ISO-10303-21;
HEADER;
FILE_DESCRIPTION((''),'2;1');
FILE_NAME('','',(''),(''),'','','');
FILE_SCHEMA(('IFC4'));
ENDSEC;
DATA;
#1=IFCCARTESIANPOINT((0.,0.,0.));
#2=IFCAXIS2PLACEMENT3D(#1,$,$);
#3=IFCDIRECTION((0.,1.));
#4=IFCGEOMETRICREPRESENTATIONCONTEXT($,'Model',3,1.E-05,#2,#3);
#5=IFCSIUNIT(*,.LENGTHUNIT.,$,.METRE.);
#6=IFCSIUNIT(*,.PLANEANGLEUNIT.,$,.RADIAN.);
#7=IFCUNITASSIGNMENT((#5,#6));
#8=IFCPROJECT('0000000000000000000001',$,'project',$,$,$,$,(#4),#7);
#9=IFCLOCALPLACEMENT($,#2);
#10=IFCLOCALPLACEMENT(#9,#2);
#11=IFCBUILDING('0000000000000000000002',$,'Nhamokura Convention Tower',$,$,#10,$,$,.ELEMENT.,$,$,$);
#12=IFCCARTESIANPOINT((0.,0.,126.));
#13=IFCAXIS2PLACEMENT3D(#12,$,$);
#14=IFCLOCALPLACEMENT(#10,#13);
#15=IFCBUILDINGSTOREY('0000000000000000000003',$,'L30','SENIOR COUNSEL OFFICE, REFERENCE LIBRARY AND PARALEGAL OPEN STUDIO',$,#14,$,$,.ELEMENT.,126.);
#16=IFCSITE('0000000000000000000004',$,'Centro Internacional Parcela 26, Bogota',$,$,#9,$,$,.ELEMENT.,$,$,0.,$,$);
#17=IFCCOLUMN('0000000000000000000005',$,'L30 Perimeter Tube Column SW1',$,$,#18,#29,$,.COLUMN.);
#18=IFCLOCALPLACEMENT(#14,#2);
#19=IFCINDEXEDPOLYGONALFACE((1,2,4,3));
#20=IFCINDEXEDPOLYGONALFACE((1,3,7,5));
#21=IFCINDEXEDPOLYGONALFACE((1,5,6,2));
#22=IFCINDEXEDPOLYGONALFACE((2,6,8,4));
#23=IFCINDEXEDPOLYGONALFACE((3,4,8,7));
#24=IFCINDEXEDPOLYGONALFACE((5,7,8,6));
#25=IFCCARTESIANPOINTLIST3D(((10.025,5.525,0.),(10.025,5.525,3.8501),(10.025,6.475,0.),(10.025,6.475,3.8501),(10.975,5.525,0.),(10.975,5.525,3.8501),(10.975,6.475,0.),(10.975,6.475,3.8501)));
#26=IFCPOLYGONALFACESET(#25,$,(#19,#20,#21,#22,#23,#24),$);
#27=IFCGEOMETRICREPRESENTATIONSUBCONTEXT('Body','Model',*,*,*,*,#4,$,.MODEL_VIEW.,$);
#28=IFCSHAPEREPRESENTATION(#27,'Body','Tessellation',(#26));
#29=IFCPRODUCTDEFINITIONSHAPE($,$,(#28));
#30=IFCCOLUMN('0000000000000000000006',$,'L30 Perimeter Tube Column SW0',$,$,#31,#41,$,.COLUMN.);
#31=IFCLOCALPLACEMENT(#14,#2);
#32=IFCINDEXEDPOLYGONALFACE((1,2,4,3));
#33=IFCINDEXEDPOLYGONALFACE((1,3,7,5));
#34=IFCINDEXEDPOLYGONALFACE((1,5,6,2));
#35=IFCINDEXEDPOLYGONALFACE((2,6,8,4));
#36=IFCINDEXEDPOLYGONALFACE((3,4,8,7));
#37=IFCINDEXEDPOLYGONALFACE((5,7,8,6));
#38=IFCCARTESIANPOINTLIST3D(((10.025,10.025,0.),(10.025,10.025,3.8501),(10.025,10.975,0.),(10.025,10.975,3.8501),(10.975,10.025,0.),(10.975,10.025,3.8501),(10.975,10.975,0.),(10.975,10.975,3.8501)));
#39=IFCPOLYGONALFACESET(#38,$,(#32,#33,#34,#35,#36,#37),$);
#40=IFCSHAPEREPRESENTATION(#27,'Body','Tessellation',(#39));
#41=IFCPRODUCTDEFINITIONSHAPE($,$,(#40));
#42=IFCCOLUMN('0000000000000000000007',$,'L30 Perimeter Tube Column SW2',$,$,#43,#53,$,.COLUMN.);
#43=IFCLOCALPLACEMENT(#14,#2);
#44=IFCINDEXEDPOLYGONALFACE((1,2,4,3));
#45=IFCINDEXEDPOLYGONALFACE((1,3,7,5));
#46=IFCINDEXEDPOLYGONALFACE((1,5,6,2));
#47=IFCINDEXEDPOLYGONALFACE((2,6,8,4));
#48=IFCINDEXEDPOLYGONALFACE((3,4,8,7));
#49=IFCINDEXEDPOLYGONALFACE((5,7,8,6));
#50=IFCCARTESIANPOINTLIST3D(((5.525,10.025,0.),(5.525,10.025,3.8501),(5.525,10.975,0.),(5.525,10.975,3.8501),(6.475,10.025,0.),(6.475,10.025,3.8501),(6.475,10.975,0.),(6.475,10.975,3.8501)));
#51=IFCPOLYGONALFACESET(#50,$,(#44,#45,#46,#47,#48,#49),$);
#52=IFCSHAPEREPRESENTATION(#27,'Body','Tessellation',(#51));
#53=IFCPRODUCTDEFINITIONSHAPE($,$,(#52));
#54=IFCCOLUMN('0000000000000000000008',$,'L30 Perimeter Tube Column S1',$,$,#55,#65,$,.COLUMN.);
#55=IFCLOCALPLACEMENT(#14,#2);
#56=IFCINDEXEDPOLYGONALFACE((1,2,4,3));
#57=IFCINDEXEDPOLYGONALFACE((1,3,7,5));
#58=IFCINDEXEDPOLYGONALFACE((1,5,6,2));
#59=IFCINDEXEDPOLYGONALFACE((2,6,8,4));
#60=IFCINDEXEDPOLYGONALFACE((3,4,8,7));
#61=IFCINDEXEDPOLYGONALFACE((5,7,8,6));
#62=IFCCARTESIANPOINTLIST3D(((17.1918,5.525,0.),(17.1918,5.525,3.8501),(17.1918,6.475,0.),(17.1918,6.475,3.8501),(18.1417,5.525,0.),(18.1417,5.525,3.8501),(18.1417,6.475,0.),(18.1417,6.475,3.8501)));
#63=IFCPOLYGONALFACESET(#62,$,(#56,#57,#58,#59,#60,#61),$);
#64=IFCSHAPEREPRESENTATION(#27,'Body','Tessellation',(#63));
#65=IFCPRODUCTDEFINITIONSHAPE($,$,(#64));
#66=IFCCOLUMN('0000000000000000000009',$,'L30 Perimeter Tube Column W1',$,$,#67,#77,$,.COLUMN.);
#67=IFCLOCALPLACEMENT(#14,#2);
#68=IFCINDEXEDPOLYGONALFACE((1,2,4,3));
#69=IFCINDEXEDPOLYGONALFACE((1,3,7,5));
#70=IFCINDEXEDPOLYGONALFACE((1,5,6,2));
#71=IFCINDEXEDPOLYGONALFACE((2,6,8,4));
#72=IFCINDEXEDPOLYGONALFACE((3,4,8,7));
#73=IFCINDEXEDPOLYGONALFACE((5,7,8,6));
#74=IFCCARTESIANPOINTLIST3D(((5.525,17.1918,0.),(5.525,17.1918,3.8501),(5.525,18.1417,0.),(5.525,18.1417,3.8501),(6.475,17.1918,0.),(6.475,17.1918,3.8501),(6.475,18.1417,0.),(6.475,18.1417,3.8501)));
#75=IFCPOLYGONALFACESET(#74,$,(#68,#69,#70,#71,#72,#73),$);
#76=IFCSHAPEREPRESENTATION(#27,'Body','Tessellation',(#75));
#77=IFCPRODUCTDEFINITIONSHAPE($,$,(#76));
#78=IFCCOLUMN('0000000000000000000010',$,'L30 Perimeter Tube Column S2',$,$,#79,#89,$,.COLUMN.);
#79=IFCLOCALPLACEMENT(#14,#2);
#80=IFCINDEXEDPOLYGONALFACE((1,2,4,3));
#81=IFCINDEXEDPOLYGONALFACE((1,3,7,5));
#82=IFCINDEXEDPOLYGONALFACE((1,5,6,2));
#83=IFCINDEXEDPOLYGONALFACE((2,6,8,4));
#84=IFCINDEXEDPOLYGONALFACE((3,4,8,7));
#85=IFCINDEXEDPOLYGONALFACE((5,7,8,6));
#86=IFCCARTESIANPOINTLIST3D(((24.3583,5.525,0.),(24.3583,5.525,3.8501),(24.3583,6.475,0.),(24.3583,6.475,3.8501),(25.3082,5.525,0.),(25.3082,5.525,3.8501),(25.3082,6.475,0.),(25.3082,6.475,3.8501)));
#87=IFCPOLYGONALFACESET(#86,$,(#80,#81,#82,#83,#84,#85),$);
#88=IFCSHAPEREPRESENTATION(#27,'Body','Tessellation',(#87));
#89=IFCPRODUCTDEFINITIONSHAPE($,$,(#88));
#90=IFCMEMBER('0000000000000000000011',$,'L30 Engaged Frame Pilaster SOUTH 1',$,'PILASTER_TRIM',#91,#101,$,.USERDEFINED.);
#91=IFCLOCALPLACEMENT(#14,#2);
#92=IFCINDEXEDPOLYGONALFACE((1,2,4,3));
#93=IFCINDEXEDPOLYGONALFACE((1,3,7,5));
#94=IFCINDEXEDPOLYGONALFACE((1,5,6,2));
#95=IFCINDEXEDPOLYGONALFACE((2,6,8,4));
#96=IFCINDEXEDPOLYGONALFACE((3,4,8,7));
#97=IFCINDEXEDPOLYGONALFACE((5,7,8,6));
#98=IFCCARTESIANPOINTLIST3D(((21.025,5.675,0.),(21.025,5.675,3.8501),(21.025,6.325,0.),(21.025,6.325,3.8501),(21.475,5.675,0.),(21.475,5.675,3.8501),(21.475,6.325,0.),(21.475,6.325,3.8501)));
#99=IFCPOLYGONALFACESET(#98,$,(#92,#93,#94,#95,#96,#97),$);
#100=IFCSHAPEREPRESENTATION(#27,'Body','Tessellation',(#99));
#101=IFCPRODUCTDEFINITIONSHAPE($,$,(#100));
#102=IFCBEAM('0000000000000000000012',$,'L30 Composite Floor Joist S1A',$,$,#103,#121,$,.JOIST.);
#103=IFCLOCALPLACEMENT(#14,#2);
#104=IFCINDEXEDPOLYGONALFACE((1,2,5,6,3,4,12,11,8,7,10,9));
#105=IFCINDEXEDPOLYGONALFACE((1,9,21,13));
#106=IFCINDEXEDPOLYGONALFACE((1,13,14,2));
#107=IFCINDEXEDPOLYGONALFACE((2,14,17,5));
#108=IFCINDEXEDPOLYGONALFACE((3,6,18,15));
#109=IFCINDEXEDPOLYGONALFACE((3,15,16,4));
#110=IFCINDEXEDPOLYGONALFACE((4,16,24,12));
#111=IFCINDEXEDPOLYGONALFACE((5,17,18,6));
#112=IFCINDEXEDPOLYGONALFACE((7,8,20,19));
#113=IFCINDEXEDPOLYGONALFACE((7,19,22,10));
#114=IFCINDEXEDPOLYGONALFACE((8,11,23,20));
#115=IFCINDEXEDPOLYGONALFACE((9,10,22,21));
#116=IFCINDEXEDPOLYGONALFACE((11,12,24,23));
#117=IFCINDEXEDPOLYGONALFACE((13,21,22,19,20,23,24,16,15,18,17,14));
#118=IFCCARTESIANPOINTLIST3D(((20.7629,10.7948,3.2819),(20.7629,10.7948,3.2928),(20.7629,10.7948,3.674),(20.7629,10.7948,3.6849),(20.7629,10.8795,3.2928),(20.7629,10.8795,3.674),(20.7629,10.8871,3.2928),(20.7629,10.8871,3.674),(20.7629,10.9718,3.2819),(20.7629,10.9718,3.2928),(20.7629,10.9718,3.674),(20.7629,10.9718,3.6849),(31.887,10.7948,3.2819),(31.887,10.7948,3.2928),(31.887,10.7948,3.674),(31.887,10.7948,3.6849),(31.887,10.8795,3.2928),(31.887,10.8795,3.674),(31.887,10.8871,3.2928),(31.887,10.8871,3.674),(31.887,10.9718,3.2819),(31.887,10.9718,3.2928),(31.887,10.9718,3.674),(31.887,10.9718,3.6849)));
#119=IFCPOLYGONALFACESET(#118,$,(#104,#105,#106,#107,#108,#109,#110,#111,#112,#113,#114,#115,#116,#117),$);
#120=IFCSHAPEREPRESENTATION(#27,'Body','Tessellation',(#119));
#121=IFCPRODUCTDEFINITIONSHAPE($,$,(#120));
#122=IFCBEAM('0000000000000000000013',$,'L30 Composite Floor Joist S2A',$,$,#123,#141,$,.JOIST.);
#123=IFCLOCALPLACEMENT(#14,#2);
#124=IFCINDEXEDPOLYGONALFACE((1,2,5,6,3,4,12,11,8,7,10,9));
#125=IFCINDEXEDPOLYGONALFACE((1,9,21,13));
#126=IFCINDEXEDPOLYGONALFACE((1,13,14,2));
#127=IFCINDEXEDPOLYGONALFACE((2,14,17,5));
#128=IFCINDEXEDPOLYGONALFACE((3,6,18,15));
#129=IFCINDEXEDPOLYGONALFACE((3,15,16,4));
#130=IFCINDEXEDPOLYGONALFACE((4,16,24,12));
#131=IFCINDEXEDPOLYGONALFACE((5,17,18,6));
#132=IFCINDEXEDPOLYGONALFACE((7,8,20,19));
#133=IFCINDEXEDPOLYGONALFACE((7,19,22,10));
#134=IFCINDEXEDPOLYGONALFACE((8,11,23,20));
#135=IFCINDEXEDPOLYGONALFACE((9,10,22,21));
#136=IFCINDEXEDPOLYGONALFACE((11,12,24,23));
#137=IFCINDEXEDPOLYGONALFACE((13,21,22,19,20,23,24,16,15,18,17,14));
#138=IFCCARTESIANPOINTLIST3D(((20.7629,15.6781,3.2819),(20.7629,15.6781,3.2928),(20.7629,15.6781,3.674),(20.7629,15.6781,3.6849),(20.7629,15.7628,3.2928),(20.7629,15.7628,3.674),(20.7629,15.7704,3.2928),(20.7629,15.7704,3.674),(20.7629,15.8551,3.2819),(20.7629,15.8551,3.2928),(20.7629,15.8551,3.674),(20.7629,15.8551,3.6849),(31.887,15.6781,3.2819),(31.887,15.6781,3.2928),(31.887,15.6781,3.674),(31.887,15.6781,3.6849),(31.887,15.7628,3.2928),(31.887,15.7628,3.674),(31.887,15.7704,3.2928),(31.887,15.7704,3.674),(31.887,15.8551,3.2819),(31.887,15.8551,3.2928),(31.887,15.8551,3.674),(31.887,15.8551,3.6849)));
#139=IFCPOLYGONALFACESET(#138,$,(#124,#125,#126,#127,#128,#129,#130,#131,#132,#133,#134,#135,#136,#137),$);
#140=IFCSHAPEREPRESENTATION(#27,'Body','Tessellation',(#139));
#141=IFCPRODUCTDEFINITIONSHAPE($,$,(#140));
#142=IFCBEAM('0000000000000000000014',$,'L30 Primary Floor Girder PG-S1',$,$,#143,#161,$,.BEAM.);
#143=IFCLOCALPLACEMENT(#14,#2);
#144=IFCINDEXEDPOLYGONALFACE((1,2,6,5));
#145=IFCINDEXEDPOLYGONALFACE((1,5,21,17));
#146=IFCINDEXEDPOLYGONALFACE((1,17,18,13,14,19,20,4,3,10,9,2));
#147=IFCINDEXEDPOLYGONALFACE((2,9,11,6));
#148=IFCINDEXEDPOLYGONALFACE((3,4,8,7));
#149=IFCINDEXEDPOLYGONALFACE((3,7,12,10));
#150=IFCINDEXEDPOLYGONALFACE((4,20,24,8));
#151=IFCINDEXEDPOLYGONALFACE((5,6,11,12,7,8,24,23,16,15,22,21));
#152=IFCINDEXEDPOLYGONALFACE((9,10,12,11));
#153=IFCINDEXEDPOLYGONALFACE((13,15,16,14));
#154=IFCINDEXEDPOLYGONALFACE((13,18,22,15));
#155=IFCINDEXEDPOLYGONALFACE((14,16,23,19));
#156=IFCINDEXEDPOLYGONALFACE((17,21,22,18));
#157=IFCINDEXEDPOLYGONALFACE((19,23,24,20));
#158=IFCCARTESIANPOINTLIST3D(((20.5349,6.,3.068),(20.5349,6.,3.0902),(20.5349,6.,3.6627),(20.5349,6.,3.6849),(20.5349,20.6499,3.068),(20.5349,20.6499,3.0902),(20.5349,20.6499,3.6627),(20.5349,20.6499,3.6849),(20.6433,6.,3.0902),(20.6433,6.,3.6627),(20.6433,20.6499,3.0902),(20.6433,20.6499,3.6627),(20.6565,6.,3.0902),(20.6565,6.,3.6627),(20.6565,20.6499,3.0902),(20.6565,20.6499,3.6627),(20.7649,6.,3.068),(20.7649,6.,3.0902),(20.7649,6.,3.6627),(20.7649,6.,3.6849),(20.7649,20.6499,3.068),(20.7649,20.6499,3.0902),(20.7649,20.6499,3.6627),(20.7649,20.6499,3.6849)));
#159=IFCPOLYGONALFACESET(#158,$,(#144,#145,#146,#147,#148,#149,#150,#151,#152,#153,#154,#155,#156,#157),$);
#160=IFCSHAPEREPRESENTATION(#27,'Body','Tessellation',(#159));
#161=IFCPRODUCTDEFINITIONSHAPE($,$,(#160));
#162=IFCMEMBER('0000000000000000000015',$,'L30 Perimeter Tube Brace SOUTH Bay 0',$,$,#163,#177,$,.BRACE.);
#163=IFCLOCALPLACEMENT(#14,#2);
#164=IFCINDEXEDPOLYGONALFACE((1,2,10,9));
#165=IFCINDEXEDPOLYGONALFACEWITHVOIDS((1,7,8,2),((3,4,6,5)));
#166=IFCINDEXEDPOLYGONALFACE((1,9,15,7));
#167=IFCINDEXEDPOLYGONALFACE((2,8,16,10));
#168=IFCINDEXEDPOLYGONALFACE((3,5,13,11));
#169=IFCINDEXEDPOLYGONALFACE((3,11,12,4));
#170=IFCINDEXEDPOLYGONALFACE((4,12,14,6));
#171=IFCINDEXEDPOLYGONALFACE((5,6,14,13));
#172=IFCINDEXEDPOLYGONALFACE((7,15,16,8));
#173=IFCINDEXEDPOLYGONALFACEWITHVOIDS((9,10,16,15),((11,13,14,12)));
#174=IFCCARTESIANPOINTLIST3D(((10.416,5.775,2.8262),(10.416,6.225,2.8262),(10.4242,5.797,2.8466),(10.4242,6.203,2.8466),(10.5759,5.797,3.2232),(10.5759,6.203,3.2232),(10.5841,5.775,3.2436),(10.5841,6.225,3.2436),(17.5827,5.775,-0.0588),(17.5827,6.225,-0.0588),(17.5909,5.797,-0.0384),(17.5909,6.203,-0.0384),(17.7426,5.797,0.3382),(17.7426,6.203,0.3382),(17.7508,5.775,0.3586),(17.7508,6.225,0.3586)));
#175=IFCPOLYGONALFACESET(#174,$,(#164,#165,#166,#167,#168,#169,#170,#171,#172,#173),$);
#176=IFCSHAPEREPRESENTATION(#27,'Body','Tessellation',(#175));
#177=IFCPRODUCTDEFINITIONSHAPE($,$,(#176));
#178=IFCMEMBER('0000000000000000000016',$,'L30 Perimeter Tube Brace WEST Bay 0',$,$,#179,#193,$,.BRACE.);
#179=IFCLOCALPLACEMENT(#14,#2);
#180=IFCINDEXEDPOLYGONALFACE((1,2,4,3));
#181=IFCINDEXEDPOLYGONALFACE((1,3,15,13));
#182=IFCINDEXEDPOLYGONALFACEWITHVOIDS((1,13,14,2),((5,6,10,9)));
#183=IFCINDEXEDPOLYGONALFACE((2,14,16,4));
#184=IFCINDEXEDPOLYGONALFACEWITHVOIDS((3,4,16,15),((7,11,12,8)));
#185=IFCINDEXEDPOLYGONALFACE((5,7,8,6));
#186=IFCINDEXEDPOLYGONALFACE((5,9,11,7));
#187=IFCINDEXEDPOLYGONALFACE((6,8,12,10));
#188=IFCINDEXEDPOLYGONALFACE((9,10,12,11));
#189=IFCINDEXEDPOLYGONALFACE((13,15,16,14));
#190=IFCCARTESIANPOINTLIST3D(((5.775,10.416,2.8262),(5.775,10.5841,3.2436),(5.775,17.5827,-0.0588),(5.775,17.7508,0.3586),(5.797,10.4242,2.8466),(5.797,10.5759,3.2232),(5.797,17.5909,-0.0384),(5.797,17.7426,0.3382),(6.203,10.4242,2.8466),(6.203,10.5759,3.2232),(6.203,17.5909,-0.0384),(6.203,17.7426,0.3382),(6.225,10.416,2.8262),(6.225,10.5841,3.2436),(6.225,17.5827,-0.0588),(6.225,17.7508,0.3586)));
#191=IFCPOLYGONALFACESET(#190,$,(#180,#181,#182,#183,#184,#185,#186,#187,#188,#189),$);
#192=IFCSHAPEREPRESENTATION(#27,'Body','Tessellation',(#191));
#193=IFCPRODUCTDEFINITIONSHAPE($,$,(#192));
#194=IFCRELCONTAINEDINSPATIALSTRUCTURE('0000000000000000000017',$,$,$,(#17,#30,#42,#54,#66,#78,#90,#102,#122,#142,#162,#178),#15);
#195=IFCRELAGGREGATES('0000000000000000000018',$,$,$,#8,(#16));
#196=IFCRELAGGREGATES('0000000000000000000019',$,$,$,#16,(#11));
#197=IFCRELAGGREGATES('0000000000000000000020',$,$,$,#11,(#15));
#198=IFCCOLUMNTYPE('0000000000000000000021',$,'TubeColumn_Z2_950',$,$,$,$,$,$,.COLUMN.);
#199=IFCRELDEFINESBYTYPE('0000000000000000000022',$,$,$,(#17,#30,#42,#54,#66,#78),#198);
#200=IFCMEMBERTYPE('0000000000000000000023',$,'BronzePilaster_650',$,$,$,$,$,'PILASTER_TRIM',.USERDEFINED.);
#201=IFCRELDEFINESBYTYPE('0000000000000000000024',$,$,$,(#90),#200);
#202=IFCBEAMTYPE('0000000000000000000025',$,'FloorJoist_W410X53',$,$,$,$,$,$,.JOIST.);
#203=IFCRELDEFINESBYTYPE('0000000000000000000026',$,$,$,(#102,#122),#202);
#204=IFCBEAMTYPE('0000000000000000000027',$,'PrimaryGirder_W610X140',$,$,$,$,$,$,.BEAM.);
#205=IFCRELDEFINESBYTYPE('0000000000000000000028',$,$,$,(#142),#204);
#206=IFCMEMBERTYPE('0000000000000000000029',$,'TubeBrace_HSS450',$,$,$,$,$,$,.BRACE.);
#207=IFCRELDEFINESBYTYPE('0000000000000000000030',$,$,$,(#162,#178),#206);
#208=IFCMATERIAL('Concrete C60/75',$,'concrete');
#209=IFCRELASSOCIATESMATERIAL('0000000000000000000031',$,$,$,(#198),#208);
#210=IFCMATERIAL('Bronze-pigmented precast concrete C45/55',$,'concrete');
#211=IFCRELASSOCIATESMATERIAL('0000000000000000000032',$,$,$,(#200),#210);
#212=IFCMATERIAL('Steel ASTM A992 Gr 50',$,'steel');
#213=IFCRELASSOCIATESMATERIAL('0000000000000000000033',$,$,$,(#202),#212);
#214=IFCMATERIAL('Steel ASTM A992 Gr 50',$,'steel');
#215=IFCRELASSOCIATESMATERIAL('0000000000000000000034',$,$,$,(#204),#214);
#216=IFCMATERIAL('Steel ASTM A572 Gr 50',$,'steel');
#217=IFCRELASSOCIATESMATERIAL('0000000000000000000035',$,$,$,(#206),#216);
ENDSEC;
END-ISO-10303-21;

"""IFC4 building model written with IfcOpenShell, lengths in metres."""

from ifc_helpers import new_model, si_unit, direction, frame, origin, origin_2d, place, context, subcontext, project, spatial, rectangle, hollow_rectangle, i_section, extrude, material, material_profile, profile_set, type_object, element, save


model = new_model("IFC4")

# Units and contexts
model_context = context("Model", 3, precision=1e-05, world=origin(), true_north=direction((0.0, 1.0)))
body_context = subcontext(model_context, "Body", "Model", "MODEL_VIEW")
ifc_project = project(units=[si_unit("LENGTHUNIT", "METRE"), si_unit("PLANEANGLEUNIT", "RADIAN")], contexts=[model_context])

# Site, building, storey
site_placement = place(None, origin())
site = spatial("IfcSite", under=ifc_project, at=site_placement, Name="Centro Internacional Parcela 26, Bogota", CompositionType="ELEMENT", RefElevation=0.0)
building_placement = place(site_placement, origin())
building = spatial("IfcBuilding", under=site, at=building_placement, Name="Nhamokura Convention Tower", CompositionType="ELEMENT")
storey_placement = place(building_placement, frame((0.0, 0.0, 126.0)))
storey = spatial("IfcBuildingStorey", under=building, at=storey_placement, Name="L30", Description="SENIOR COUNSEL OFFICE, REFERENCE LIBRARY AND PARALEGAL OPEN STUDIO", CompositionType="ELEMENT", Elevation=126.0)

# Columns
ifc_material_1 = material(Name="Concrete C60/75", Category="concrete")
ifc_material_profile_1 = material_profile(ifc_material_1, rectangle(XDim=0.95, YDim=0.95, at=origin_2d()))
ifc_profile_set_1 = profile_set([ifc_material_profile_1], Name="Concrete C60/75")
column_type = type_object("IfcColumnType", Name="TubeColumn_Z2_950", PredefinedType="COLUMN", material=ifc_profile_set_1)
for number, where, z_axis, x_axis, name in (
    (1, (10.5, 6.0, 0.0), (0.0, 0.0, 1.0), (1.0, 0.0, 0.0), "L30 Perimeter Tube Column SW1"),
    (2, (10.5, 10.5, 0.0), (0.0, 0.0, 1.0), (1.0, 0.0, 0.0), "L30 Perimeter Tube Column SW0"),
    (3, (6.0, 10.5, 0.0), (0.0, 0.0, 1.0), (1.0, 0.0, 0.0), "L30 Perimeter Tube Column SW2"),
    (4, (17.6667, 6.0, 0.0), (0.0, 0.0, 1.0), (1.0, 0.0, 0.0), "L30 Perimeter Tube Column S1"),
    (5, (6.0, 17.6667, 0.0), (0.0, 0.0, 1.0), (1.0, 0.0, 0.0), "L30 Perimeter Tube Column W1"),
    (6, (24.8333, 6.0, 0.0), (0.0, 0.0, 1.0), (1.0, 0.0, 0.0), "L30 Perimeter Tube Column S2"),
):
    element("IfcColumn", number, at=place(storey_placement, frame(where, z_axis=z_axis, x_axis=x_axis)), inside=storey, type_object=column_type, Name=name, PredefinedType="COLUMN", context=body_context, shape_type="SweptSolid", body=[
        extrude(rectangle(XDim=0.95, YDim=0.95, at=origin_2d()), origin(), (0.0, 0.0, 1.0), 3.8501),
    ])

# Member
ifc_material_2 = material(Name="Bronze-pigmented precast concrete C45/55", Category="concrete")
ifc_material_profile_2 = material_profile(ifc_material_2, rectangle(XDim=0.45, YDim=0.6499, at=origin_2d()))
ifc_profile_set_2 = profile_set([ifc_material_profile_2], Name="Bronze-pigmented precast concrete C45/55")
member_type_1 = type_object("IfcMemberType", Name="BronzePilaster_650", ElementType="PILASTER_TRIM", PredefinedType="USERDEFINED", material=ifc_profile_set_2)
member_placement = place(storey_placement, frame((21.25, 6.0, 0.0), z_axis=(0.0, 0.0, 1.0), x_axis=(1.0, 0.0, 0.0)))
element("IfcMember", 7, at=member_placement, inside=storey, type_object=member_type_1, Name="L30 Engaged Frame Pilaster SOUTH 1", ObjectType="PILASTER_TRIM", PredefinedType="USERDEFINED", context=body_context, shape_type="SweptSolid", body=[
    extrude(rectangle(XDim=0.45, YDim=0.6499, at=origin_2d()), origin(), (0.0, 0.0, 1.0), 3.8501),
])

# Beams
ifc_material_3 = material(Name="Steel ASTM A992 Gr 50", Category="steel")
ifc_material_profile_3 = material_profile(ifc_material_3, i_section(OverallWidth=0.177, OverallDepth=0.4031, WebThickness=0.0076, FlangeThickness=0.011, at=origin_2d()))
ifc_profile_set_3 = profile_set([ifc_material_profile_3], Name="Steel ASTM A992 Gr 50")
beam_type_1 = type_object("IfcBeamType", Name="FloorJoist_W410X53", PredefinedType="JOIST", material=ifc_profile_set_3)
for number, where, z_axis, x_axis, name in (
    (8, (20.7629, 10.8833, 3.4834), (1.0, 0.0, 0.0), (0.0, 1.0, 0.0), "L30 Composite Floor Joist S1A"),
    (9, (20.7629, 15.7666, 3.4834), (1.0, 0.0, 0.0), (0.0, 1.0, 0.0), "L30 Composite Floor Joist S2A"),
):
    element("IfcBeam", number, at=place(storey_placement, frame(where, z_axis=z_axis, x_axis=x_axis)), inside=storey, type_object=beam_type_1, Name=name, PredefinedType="JOIST", context=body_context, shape_type="SweptSolid", body=[
        extrude(i_section(OverallWidth=0.177, OverallDepth=0.4031, WebThickness=0.0076, FlangeThickness=0.011, at=origin_2d()), origin(), (0.0, 0.0, 1.0), 11.124),
    ])
ifc_material_4 = material(Name="Steel ASTM A992 Gr 50", Category="steel")
ifc_material_profile_4 = material_profile(ifc_material_4, i_section(OverallWidth=0.23, OverallDepth=0.6169, WebThickness=0.0132, FlangeThickness=0.0222, at=origin_2d()))
ifc_profile_set_4 = profile_set([ifc_material_profile_4], Name="Steel ASTM A992 Gr 50")
beam_type_2 = type_object("IfcBeamType", Name="PrimaryGirder_W610X140", PredefinedType="BEAM", material=ifc_profile_set_4)
beam_1_placement = place(storey_placement, frame((20.6499, 6.0, 3.3765), z_axis=(0.0, 1.0, 0.0), x_axis=(-1.0, 0.0, 0.0)))
element("IfcBeam", 10, at=beam_1_placement, inside=storey, type_object=beam_type_2, Name="L30 Primary Floor Girder PG-S1", PredefinedType="BEAM", context=body_context, shape_type="SweptSolid", body=[
    extrude(i_section(OverallWidth=0.23, OverallDepth=0.6169, WebThickness=0.0132, FlangeThickness=0.0222, at=origin_2d()), origin(), (0.0, 0.0, 1.0), 14.6499),
])

# Members
ifc_material_5 = material(Name="Steel ASTM A572 Gr 50", Category="steel")
ifc_material_profile_5 = material_profile(ifc_material_5, hollow_rectangle(XDim=0.45, YDim=0.45, WallThickness=0.022, at=origin_2d()))
ifc_profile_set_5 = profile_set([ifc_material_profile_5], Name="Steel ASTM A572 Gr 50")
member_type_2 = type_object("IfcMemberType", Name="TubeBrace_HSS450", PredefinedType="BRACE", material=ifc_profile_set_5)
for number, where, z_axis, x_axis, name in (
    (11, (17.6667, 6.0, 0.1499), (-0.927657, 0.0, 0.373433), (0.0, -1.0, 0.0), "L30 Perimeter Tube Brace SOUTH Bay 0"),
    (12, (6.0, 17.6667, 0.1499), (0.0, -0.927657, 0.373433), (1.0, 0.0, 0.0), "L30 Perimeter Tube Brace WEST Bay 0"),
):
    element("IfcMember", number, at=place(storey_placement, frame(where, z_axis=z_axis, x_axis=x_axis)), inside=storey, type_object=member_type_2, Name=name, PredefinedType="BRACE", context=body_context, shape_type="SweptSolid", body=[
        extrude(hollow_rectangle(XDim=0.45, YDim=0.45, WallThickness=0.022, at=origin_2d()), origin(), (0.0, 0.0, 1.0), 7.7256),
    ])

save(model, "model.ifc")
